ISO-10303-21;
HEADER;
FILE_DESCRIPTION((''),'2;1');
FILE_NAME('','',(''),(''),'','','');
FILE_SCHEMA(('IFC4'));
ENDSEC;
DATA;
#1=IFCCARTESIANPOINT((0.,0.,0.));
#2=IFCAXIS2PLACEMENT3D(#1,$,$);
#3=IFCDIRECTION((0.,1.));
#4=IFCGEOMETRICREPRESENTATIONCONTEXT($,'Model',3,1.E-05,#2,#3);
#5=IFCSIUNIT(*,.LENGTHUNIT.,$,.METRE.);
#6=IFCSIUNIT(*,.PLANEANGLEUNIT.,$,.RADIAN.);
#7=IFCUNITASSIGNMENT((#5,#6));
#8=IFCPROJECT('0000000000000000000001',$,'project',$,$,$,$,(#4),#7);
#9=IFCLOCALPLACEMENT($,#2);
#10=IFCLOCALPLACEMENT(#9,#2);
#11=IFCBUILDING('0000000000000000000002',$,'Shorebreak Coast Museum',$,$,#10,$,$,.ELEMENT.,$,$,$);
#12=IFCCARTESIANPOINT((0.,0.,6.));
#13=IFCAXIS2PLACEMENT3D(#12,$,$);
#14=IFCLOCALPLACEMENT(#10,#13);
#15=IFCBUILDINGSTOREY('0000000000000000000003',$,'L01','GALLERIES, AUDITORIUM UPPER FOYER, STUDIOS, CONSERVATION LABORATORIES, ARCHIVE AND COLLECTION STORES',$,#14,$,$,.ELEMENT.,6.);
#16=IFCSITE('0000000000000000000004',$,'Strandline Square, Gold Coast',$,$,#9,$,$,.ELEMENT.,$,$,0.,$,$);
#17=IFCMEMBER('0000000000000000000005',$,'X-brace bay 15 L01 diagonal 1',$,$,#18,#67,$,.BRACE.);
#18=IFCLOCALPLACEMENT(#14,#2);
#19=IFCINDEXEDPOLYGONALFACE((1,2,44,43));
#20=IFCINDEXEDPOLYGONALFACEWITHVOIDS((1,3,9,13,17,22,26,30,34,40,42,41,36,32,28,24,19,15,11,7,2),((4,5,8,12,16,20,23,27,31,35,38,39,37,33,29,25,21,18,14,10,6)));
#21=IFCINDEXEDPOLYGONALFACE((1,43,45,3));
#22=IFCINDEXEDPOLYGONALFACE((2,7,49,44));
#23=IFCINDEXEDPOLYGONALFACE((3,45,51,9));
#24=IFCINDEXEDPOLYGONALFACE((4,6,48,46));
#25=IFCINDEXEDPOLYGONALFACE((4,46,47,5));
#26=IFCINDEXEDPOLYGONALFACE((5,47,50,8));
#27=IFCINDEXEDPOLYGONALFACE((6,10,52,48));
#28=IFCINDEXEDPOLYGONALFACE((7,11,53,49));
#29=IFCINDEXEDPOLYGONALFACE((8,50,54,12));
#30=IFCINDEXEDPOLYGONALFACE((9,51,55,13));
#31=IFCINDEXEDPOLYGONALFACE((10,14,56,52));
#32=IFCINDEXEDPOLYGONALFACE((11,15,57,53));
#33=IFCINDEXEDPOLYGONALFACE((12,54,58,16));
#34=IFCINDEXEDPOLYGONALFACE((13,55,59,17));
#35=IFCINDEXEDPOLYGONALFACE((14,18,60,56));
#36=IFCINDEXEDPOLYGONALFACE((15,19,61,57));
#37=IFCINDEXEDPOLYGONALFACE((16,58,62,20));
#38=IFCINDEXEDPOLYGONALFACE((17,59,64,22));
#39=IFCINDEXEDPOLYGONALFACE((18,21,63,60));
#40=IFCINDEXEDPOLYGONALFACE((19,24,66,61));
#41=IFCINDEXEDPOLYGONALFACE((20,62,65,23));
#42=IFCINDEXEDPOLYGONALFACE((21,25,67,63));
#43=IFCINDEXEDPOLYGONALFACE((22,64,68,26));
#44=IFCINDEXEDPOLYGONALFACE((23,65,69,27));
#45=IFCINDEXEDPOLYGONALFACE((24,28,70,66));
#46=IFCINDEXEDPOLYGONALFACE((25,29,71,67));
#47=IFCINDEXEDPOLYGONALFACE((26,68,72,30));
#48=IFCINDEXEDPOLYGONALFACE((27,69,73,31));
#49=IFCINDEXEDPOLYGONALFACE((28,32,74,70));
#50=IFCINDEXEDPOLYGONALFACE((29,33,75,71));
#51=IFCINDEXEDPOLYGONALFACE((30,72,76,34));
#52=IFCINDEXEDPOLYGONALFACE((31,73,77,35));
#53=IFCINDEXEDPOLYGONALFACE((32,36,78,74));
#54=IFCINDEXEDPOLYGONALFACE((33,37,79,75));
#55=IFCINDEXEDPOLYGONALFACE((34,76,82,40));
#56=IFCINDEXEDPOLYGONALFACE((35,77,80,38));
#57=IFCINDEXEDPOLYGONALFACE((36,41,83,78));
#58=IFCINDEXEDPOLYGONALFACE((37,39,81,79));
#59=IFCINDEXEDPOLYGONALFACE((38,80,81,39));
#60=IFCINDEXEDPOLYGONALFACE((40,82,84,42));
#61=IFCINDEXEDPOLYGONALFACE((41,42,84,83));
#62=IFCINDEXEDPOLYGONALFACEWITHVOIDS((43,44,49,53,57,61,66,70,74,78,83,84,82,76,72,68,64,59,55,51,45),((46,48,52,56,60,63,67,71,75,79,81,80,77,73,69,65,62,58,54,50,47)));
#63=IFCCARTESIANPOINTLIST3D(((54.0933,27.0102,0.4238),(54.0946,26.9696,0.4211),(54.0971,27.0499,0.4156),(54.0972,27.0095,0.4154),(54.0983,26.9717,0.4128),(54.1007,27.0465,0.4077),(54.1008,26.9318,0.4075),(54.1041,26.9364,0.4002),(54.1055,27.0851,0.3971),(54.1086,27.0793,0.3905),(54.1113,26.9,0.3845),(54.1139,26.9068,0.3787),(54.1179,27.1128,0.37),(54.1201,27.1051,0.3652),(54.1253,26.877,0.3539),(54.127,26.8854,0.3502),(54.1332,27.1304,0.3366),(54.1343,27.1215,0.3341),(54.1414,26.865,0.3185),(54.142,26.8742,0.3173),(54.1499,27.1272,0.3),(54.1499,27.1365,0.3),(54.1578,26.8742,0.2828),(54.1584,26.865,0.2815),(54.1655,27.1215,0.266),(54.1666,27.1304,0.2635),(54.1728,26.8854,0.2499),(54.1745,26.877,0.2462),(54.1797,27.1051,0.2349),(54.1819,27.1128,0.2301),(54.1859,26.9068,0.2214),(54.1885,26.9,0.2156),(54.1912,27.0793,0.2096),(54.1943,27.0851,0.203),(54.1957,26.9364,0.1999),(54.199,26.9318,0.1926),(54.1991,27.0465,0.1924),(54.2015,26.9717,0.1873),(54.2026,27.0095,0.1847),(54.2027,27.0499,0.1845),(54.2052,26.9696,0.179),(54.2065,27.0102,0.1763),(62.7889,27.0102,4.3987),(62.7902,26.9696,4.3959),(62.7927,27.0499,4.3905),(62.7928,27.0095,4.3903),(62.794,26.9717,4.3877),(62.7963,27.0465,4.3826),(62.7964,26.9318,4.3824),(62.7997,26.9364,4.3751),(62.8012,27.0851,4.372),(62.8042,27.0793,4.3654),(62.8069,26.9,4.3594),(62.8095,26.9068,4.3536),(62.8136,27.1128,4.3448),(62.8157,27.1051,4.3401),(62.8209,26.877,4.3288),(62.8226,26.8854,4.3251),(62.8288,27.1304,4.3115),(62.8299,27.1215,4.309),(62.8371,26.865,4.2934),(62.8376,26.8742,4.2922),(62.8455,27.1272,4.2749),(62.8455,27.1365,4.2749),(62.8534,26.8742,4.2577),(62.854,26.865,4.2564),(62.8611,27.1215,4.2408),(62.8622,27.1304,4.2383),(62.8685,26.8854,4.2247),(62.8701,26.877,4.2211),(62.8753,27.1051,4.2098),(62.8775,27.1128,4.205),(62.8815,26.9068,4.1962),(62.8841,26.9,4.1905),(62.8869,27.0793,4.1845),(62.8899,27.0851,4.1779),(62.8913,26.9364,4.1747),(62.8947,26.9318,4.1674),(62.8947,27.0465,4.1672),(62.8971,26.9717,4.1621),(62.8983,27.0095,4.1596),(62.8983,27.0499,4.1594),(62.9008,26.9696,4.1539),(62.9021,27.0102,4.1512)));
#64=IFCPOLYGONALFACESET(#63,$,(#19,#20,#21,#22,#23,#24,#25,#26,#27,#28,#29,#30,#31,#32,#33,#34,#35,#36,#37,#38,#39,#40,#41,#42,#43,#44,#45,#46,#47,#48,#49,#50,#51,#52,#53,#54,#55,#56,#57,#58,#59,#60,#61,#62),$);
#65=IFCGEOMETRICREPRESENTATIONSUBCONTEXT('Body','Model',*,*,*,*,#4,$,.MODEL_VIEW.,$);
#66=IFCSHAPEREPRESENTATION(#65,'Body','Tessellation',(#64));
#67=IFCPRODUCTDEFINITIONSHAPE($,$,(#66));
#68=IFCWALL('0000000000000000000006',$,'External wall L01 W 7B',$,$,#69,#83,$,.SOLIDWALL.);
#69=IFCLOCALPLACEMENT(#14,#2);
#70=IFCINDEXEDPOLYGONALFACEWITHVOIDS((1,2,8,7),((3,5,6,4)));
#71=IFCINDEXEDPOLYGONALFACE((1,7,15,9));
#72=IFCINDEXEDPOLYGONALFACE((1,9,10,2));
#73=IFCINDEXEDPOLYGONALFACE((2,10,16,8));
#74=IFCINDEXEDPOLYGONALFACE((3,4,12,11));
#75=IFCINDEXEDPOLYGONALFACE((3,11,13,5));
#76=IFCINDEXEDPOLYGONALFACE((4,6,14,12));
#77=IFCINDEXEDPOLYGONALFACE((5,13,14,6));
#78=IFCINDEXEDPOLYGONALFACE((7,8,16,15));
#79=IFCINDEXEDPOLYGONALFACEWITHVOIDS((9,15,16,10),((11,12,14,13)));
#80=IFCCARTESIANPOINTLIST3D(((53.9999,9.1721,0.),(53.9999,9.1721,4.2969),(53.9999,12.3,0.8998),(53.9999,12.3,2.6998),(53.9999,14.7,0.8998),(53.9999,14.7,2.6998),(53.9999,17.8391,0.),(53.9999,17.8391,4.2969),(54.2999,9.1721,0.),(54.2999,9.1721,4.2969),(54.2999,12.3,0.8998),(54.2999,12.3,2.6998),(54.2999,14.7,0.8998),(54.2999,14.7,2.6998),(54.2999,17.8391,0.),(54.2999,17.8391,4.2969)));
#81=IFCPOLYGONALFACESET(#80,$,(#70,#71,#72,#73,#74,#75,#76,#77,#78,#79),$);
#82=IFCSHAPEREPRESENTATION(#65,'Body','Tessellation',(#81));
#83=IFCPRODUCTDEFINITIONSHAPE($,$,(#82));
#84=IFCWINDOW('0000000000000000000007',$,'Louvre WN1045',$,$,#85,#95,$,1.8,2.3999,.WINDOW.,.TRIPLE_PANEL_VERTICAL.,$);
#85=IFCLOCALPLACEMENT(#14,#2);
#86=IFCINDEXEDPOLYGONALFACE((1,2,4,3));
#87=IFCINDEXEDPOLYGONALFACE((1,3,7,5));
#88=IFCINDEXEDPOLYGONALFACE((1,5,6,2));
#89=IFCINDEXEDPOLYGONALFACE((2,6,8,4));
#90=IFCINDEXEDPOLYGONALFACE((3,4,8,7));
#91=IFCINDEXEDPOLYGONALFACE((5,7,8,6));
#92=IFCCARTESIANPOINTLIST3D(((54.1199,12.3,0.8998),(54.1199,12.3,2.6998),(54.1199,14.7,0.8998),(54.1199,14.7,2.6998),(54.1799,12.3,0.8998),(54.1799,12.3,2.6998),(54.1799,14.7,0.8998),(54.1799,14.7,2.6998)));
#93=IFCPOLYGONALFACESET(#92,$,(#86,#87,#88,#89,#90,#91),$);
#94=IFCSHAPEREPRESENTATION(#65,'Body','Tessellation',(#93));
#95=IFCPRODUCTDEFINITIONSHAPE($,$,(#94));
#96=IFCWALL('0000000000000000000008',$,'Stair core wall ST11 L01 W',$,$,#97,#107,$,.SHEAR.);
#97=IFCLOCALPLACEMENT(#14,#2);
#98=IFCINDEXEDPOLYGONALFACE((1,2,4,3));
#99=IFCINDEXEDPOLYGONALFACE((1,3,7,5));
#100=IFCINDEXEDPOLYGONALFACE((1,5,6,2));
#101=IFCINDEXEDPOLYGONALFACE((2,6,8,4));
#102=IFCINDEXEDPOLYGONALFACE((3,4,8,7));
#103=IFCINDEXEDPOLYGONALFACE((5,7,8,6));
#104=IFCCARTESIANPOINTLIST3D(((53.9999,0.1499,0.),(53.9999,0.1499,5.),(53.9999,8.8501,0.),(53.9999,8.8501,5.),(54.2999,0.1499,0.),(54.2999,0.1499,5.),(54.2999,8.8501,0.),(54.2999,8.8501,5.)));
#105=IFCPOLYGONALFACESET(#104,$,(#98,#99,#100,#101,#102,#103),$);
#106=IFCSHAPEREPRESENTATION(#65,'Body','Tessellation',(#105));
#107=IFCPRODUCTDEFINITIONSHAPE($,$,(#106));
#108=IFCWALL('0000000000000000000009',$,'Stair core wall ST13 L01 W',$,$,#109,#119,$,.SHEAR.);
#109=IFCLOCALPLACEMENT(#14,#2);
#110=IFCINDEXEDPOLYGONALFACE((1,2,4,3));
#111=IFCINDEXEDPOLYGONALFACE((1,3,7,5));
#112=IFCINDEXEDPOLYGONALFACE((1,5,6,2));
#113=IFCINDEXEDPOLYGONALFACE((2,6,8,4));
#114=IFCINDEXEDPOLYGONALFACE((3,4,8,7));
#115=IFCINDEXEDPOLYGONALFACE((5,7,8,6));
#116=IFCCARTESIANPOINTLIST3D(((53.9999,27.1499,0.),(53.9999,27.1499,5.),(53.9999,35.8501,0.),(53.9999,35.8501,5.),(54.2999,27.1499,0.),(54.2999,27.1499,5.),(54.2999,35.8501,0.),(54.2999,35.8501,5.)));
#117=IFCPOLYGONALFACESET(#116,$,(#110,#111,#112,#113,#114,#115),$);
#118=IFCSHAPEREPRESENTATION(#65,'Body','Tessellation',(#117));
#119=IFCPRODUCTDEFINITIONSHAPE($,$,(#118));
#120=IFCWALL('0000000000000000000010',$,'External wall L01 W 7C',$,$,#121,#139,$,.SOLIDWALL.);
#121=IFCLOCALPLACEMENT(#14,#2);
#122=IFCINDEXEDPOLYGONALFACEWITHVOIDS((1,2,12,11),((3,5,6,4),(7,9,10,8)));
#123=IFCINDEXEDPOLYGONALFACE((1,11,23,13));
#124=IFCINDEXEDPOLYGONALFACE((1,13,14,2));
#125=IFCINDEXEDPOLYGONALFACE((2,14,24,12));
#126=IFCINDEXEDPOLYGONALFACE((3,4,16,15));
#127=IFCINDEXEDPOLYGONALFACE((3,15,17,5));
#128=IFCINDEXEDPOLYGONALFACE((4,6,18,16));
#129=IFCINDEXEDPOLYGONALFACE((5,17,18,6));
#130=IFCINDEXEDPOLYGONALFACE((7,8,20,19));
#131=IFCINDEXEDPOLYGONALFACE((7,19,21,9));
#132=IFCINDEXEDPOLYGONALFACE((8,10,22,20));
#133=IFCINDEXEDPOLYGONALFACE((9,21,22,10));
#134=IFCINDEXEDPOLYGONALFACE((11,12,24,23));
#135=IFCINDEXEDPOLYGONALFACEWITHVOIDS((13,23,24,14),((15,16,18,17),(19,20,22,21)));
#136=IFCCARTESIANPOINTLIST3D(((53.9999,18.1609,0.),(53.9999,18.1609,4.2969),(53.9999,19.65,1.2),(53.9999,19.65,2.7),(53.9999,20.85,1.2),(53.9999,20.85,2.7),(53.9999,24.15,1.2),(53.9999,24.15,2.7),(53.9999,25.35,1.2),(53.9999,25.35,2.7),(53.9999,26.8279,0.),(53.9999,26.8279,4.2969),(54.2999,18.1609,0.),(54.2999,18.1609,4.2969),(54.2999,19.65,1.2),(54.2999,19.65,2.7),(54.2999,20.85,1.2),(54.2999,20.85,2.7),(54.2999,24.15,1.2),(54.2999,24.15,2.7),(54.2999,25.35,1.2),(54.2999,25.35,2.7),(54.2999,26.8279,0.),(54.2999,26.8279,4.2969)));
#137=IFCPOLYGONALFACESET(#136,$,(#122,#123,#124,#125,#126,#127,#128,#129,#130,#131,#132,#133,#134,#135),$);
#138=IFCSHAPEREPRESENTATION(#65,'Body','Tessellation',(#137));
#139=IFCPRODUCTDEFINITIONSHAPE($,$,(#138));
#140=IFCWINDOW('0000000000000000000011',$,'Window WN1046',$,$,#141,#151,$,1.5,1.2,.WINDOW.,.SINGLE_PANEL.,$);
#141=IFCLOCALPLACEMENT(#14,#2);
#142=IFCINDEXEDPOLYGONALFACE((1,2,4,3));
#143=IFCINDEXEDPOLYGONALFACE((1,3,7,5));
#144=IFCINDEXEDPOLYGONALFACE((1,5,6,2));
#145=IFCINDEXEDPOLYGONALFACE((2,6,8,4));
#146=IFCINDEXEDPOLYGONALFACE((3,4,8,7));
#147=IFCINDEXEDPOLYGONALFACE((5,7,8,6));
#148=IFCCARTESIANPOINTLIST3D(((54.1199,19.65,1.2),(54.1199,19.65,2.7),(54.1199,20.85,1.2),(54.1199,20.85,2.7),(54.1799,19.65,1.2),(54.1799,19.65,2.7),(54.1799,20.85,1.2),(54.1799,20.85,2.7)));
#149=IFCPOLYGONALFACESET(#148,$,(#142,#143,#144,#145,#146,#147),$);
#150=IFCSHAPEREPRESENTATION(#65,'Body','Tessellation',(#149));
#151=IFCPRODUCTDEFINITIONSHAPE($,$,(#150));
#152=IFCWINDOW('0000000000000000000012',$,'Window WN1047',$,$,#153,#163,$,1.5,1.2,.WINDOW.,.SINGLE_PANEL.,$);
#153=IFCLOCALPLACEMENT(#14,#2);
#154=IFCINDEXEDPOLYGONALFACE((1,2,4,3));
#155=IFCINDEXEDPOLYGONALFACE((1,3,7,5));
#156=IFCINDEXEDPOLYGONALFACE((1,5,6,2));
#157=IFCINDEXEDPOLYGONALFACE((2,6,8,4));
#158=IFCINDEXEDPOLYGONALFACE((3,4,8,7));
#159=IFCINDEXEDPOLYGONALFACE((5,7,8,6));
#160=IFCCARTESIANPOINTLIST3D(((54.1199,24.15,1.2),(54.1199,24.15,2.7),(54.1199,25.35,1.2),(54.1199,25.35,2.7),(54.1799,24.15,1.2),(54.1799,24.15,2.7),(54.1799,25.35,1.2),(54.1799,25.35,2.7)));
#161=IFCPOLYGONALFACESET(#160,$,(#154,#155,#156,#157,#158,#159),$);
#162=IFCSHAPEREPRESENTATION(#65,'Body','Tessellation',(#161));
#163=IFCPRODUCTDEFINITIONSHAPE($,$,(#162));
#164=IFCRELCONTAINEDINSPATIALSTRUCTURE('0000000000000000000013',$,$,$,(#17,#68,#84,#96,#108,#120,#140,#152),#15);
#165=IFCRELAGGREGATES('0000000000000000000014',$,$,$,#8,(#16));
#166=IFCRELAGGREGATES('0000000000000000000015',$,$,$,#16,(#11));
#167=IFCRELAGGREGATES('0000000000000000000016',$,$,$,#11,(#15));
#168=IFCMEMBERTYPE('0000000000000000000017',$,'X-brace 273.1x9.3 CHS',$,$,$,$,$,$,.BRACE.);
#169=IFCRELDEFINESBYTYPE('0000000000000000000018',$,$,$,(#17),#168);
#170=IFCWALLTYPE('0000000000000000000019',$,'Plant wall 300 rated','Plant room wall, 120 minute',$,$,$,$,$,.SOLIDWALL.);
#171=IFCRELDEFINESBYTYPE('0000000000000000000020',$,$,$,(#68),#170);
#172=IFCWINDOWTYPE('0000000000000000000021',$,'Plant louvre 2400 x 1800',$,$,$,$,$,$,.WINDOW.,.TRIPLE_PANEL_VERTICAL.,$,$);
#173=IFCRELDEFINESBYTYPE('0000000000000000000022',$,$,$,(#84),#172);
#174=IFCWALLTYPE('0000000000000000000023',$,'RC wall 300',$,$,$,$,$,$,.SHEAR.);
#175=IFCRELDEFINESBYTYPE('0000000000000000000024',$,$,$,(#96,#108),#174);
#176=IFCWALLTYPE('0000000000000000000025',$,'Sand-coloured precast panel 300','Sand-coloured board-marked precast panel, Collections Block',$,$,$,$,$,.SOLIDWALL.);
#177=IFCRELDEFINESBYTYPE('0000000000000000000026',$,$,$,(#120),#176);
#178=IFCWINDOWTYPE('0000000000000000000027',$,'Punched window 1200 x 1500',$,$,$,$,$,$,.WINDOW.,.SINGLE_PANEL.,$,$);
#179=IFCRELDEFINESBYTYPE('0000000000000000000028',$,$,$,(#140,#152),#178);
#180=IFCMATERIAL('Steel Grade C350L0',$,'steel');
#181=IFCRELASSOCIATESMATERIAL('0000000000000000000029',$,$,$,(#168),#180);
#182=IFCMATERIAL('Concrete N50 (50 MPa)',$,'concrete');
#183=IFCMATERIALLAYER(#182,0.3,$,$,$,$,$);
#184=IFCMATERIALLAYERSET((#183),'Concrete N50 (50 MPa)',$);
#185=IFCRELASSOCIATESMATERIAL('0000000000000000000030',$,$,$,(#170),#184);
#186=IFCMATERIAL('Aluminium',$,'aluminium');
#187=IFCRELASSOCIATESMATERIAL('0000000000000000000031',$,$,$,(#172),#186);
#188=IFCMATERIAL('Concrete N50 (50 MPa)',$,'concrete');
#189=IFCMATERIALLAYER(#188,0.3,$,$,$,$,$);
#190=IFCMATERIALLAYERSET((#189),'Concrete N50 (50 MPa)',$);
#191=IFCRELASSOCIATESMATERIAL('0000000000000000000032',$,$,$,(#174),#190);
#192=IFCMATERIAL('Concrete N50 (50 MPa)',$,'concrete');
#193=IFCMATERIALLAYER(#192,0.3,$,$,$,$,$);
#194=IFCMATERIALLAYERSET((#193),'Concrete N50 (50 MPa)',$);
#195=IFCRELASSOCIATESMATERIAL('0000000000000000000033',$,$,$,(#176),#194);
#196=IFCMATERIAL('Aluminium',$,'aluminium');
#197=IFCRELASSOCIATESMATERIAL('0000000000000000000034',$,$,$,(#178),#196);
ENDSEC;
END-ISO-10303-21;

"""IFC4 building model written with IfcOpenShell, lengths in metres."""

from ifc_helpers import new_model, si_unit, direction, frame, frame_2d, origin, origin_2d, place, context, subcontext, project, spatial, rectangle, hollow_circle, extrude, material, layer, layer_set, material_profile, profile_set, type_object, element, fill, save


model = new_model("IFC4")

# Units and contexts
model_context = context("Model", 3, precision=1e-05, world=origin(), true_north=direction((0.0, 1.0)))
body_context = subcontext(model_context, "Body", "Model", "MODEL_VIEW")
ifc_project = project(units=[si_unit("LENGTHUNIT", "METRE"), si_unit("PLANEANGLEUNIT", "RADIAN")], contexts=[model_context])

# Site, building, storey
site_placement = place(None, origin())
site = spatial("IfcSite", under=ifc_project, at=site_placement, Name="Strandline Square, Gold Coast", CompositionType="ELEMENT", RefElevation=0.0)
building_placement = place(site_placement, origin())
building = spatial("IfcBuilding", under=site, at=building_placement, Name="Shorebreak Coast Museum", CompositionType="ELEMENT")
storey_placement = place(building_placement, frame((0.0, 0.0, 6.0)))
storey = spatial("IfcBuildingStorey", under=building, at=storey_placement, Name="L01", Description="GALLERIES, AUDITORIUM UPPER FOYER, STUDIOS, CONSERVATION LABORATORIES, ARCHIVE AND COLLECTION STORES", CompositionType="ELEMENT", Elevation=6.0)

# Member
ifc_material_1 = material(Name="Steel Grade C350L0", Category="steel")
ifc_material_profile_1 = material_profile(ifc_material_1, hollow_circle(Radius=0.1365, WallThickness=0.0093, at=origin_2d()), Name="273.1x9.3 CHS")
ifc_profile_set_1 = profile_set([ifc_material_profile_1], Name="Steel Grade C350L0")
member_type = type_object("IfcMemberType", Name="X-brace 273.1x9.3 CHS", PredefinedType="BRACE", material=ifc_profile_set_1)
for number, where, z_axis, x_axis, name in (
    (1, (54.1499, 27.0, 0.3), (0.909485, 0.0, 0.415737), (0.0, 1.0, 0.0), "X-brace bay 15 L01 diagonal 1"),
):
    element("IfcMember", number, at=place(storey_placement, frame(where, z_axis=z_axis, x_axis=x_axis)), inside=storey, type_object=member_type, Name=name, PredefinedType="BRACE", context=body_context, shape_type="SweptSolid", body=[
        extrude(hollow_circle(Radius=0.1365, WallThickness=0.0093, at=origin_2d()), origin(), (0.0, 0.0, 1.0), 9.561),
    ])

# Wall, opening, window
ifc_material_2 = material(Name="Concrete N50 (50 MPa)", Category="concrete")
ifc_layer_1 = layer(ifc_material_2, 0.3)
ifc_layer_set_1 = layer_set([ifc_layer_1], Name="Concrete N50 (50 MPa)")
wall_type_1 = type_object("IfcWallType", Name="Plant wall 300 rated", Description="Plant room wall, 120 minute", PredefinedType="SOLIDWALL", material=ifc_layer_set_1)
wall_1_placement = place(storey_placement, frame((54.1499, 9.1721, 0.0), z_axis=(0.0, 0.0, 1.0), x_axis=(0.0, 1.0, 0.0)))
wall_1 = element("IfcWall", 2, at=wall_1_placement, inside=storey, type_object=wall_type_1, Name="External wall L01 W 7B", PredefinedType="SOLIDWALL", context=body_context, shape_type="SweptSolid", body=[
    extrude(rectangle(XDim=8.667, YDim=0.3, at=frame_2d((4.3335, 0.0))), origin(), (0.0, 0.0, 1.0), 4.2969),
])
opening_1_placement = place(wall_1_placement, frame((3.1279, 0.0, 0.8999)))
opening_1 = element("IfcOpeningElement", 3, at=opening_1_placement, cuts=wall_1, PredefinedType="OPENING", context=body_context, shape_type="SweptSolid", body=[
    extrude(rectangle(XDim=2.3999, YDim=1.8, at=frame_2d((1.2, 0.8999))), frame((0.0, 0.1599, 0.0), z_axis=(0.0, -1.0, 0.0), x_axis=(1.0, 0.0, 0.0)), (0.0, 0.0, 1.0), 0.3201),
])
ifc_material_3 = material(Name="Aluminium", Category="aluminium")
window_type_1 = type_object("IfcWindowType", Name="Plant louvre 2400 x 1800", PartitioningType="TRIPLE_PANEL_VERTICAL", PredefinedType="WINDOW", material=ifc_material_3)
window_1_placement = place(opening_1_placement, origin())
window_1 = element("IfcWindow", 4, at=window_1_placement, inside=storey, type_object=window_type_1, Name="Louvre WN1045", OverallHeight=1.8, OverallWidth=2.3999, PartitioningType="TRIPLE_PANEL_VERTICAL", PredefinedType="WINDOW", context=body_context, shape_type="SweptSolid", body=[
    extrude(rectangle(XDim=2.3999, YDim=1.8, at=frame_2d((1.2, 0.8999))), frame((0.0, 0.03, 0.0), z_axis=(0.0, -1.0, 0.0), x_axis=(1.0, 0.0, 0.0)), (0.0, 0.0, 1.0), 0.0601),
])
fill(opening_1, window_1)

# Walls
ifc_material_4 = material(Name="Concrete N50 (50 MPa)", Category="concrete")
ifc_layer_2 = layer(ifc_material_4, 0.3)
ifc_layer_set_2 = layer_set([ifc_layer_2], Name="Concrete N50 (50 MPa)")
wall_type_2 = type_object("IfcWallType", Name="RC wall 300", PredefinedType="SHEAR", material=ifc_layer_set_2)
for number, where, z_axis, x_axis, name in (
    (5, (54.1499, 0.1499, 0.0), (0.0, 0.0, 1.0), (0.0, 1.0, 0.0), "Stair core wall ST11 L01 W"),
    (6, (54.1499, 27.1499, 0.0), (0.0, 0.0, 1.0), (0.0, 1.0, 0.0), "Stair core wall ST13 L01 W"),
):
    element("IfcWall", number, at=place(storey_placement, frame(where, z_axis=z_axis, x_axis=x_axis)), inside=storey, type_object=wall_type_2, Name=name, PredefinedType="SHEAR", context=body_context, shape_type="SweptSolid", body=[
        extrude(rectangle(XDim=8.7002, YDim=0.3, at=frame_2d((4.3501, 0.0))), origin(), (0.0, 0.0, 1.0), 5.0),
    ])

# Wall, openings, windows
ifc_material_5 = material(Name="Concrete N50 (50 MPa)", Category="concrete")
ifc_layer_3 = layer(ifc_material_5, 0.3)
ifc_layer_set_3 = layer_set([ifc_layer_3], Name="Concrete N50 (50 MPa)")
wall_type_3 = type_object("IfcWallType", Name="Sand-coloured precast panel 300", Description="Sand-coloured board-marked precast panel, Collections Block", PredefinedType="SOLIDWALL", material=ifc_layer_set_3)
wall_2_placement = place(storey_placement, frame((54.1499, 18.1609, 0.0), z_axis=(0.0, 0.0, 1.0), x_axis=(0.0, 1.0, 0.0)))
wall_2 = element("IfcWall", 7, at=wall_2_placement, inside=storey, type_object=wall_type_3, Name="External wall L01 W 7C", PredefinedType="SOLIDWALL", context=body_context, shape_type="SweptSolid", body=[
    extrude(rectangle(XDim=8.667, YDim=0.3, at=frame_2d((4.3335, 0.0))), origin(), (0.0, 0.0, 1.0), 4.2969),
])
opening_2_placement = place(wall_2_placement, frame((1.489, 0.0, 1.2)))
opening_2 = element("IfcOpeningElement", 8, at=opening_2_placement, cuts=wall_2, PredefinedType="OPENING", context=body_context, shape_type="SweptSolid", body=[
    extrude(rectangle(XDim=1.2, YDim=1.5, at=frame_2d((0.6001, 0.75))), frame((0.0, 0.1599, 0.0), z_axis=(0.0, -1.0, 0.0), x_axis=(1.0, 0.0, 0.0)), (0.0, 0.0, 1.0), 0.3201),
])
opening_3_placement = place(wall_2_placement, frame((5.989, 0.0, 1.2)))
opening_3 = element("IfcOpeningElement", 9, at=opening_3_placement, cuts=wall_2, PredefinedType="OPENING", context=body_context, shape_type="SweptSolid", body=[
    extrude(rectangle(XDim=1.2, YDim=1.5, at=frame_2d((0.6001, 0.75))), frame((0.0, 0.1599, 0.0), z_axis=(0.0, -1.0, 0.0), x_axis=(1.0, 0.0, 0.0)), (0.0, 0.0, 1.0), 0.3201),
])
ifc_material_6 = material(Name="Aluminium", Category="aluminium")
window_type_2 = type_object("IfcWindowType", Name="Punched window 1200 x 1500", PartitioningType="SINGLE_PANEL", PredefinedType="WINDOW", material=ifc_material_6)
window_2_placement = place(opening_2_placement, origin())
window_2 = element("IfcWindow", 10, at=window_2_placement, inside=storey, type_object=window_type_2, Name="Window WN1046", OverallHeight=1.5, OverallWidth=1.2, PartitioningType="SINGLE_PANEL", PredefinedType="WINDOW", context=body_context, shape_type="SweptSolid", body=[
    extrude(rectangle(XDim=1.2, YDim=1.5, at=frame_2d((0.6001, 0.75))), frame((0.0, 0.03, 0.0), z_axis=(0.0, -1.0, 0.0), x_axis=(1.0, 0.0, 0.0)), (0.0, 0.0, 1.0), 0.0601),
])
fill(opening_2, window_2)
window_3_placement = place(opening_3_placement, origin())
window_3 = element("IfcWindow", 11, at=window_3_placement, inside=storey, type_object=window_type_2, Name="Window WN1047", OverallHeight=1.5, OverallWidth=1.2, PartitioningType="SINGLE_PANEL", PredefinedType="WINDOW", context=body_context, shape_type="SweptSolid", body=[
    extrude(rectangle(XDim=1.2, YDim=1.5, at=frame_2d((0.6001, 0.75))), frame((0.0, 0.03, 0.0), z_axis=(0.0, -1.0, 0.0), x_axis=(1.0, 0.0, 0.0)), (0.0, 0.0, 1.0), 0.0601),
])
fill(opening_3, window_3)

save(model, "model.ifc")
